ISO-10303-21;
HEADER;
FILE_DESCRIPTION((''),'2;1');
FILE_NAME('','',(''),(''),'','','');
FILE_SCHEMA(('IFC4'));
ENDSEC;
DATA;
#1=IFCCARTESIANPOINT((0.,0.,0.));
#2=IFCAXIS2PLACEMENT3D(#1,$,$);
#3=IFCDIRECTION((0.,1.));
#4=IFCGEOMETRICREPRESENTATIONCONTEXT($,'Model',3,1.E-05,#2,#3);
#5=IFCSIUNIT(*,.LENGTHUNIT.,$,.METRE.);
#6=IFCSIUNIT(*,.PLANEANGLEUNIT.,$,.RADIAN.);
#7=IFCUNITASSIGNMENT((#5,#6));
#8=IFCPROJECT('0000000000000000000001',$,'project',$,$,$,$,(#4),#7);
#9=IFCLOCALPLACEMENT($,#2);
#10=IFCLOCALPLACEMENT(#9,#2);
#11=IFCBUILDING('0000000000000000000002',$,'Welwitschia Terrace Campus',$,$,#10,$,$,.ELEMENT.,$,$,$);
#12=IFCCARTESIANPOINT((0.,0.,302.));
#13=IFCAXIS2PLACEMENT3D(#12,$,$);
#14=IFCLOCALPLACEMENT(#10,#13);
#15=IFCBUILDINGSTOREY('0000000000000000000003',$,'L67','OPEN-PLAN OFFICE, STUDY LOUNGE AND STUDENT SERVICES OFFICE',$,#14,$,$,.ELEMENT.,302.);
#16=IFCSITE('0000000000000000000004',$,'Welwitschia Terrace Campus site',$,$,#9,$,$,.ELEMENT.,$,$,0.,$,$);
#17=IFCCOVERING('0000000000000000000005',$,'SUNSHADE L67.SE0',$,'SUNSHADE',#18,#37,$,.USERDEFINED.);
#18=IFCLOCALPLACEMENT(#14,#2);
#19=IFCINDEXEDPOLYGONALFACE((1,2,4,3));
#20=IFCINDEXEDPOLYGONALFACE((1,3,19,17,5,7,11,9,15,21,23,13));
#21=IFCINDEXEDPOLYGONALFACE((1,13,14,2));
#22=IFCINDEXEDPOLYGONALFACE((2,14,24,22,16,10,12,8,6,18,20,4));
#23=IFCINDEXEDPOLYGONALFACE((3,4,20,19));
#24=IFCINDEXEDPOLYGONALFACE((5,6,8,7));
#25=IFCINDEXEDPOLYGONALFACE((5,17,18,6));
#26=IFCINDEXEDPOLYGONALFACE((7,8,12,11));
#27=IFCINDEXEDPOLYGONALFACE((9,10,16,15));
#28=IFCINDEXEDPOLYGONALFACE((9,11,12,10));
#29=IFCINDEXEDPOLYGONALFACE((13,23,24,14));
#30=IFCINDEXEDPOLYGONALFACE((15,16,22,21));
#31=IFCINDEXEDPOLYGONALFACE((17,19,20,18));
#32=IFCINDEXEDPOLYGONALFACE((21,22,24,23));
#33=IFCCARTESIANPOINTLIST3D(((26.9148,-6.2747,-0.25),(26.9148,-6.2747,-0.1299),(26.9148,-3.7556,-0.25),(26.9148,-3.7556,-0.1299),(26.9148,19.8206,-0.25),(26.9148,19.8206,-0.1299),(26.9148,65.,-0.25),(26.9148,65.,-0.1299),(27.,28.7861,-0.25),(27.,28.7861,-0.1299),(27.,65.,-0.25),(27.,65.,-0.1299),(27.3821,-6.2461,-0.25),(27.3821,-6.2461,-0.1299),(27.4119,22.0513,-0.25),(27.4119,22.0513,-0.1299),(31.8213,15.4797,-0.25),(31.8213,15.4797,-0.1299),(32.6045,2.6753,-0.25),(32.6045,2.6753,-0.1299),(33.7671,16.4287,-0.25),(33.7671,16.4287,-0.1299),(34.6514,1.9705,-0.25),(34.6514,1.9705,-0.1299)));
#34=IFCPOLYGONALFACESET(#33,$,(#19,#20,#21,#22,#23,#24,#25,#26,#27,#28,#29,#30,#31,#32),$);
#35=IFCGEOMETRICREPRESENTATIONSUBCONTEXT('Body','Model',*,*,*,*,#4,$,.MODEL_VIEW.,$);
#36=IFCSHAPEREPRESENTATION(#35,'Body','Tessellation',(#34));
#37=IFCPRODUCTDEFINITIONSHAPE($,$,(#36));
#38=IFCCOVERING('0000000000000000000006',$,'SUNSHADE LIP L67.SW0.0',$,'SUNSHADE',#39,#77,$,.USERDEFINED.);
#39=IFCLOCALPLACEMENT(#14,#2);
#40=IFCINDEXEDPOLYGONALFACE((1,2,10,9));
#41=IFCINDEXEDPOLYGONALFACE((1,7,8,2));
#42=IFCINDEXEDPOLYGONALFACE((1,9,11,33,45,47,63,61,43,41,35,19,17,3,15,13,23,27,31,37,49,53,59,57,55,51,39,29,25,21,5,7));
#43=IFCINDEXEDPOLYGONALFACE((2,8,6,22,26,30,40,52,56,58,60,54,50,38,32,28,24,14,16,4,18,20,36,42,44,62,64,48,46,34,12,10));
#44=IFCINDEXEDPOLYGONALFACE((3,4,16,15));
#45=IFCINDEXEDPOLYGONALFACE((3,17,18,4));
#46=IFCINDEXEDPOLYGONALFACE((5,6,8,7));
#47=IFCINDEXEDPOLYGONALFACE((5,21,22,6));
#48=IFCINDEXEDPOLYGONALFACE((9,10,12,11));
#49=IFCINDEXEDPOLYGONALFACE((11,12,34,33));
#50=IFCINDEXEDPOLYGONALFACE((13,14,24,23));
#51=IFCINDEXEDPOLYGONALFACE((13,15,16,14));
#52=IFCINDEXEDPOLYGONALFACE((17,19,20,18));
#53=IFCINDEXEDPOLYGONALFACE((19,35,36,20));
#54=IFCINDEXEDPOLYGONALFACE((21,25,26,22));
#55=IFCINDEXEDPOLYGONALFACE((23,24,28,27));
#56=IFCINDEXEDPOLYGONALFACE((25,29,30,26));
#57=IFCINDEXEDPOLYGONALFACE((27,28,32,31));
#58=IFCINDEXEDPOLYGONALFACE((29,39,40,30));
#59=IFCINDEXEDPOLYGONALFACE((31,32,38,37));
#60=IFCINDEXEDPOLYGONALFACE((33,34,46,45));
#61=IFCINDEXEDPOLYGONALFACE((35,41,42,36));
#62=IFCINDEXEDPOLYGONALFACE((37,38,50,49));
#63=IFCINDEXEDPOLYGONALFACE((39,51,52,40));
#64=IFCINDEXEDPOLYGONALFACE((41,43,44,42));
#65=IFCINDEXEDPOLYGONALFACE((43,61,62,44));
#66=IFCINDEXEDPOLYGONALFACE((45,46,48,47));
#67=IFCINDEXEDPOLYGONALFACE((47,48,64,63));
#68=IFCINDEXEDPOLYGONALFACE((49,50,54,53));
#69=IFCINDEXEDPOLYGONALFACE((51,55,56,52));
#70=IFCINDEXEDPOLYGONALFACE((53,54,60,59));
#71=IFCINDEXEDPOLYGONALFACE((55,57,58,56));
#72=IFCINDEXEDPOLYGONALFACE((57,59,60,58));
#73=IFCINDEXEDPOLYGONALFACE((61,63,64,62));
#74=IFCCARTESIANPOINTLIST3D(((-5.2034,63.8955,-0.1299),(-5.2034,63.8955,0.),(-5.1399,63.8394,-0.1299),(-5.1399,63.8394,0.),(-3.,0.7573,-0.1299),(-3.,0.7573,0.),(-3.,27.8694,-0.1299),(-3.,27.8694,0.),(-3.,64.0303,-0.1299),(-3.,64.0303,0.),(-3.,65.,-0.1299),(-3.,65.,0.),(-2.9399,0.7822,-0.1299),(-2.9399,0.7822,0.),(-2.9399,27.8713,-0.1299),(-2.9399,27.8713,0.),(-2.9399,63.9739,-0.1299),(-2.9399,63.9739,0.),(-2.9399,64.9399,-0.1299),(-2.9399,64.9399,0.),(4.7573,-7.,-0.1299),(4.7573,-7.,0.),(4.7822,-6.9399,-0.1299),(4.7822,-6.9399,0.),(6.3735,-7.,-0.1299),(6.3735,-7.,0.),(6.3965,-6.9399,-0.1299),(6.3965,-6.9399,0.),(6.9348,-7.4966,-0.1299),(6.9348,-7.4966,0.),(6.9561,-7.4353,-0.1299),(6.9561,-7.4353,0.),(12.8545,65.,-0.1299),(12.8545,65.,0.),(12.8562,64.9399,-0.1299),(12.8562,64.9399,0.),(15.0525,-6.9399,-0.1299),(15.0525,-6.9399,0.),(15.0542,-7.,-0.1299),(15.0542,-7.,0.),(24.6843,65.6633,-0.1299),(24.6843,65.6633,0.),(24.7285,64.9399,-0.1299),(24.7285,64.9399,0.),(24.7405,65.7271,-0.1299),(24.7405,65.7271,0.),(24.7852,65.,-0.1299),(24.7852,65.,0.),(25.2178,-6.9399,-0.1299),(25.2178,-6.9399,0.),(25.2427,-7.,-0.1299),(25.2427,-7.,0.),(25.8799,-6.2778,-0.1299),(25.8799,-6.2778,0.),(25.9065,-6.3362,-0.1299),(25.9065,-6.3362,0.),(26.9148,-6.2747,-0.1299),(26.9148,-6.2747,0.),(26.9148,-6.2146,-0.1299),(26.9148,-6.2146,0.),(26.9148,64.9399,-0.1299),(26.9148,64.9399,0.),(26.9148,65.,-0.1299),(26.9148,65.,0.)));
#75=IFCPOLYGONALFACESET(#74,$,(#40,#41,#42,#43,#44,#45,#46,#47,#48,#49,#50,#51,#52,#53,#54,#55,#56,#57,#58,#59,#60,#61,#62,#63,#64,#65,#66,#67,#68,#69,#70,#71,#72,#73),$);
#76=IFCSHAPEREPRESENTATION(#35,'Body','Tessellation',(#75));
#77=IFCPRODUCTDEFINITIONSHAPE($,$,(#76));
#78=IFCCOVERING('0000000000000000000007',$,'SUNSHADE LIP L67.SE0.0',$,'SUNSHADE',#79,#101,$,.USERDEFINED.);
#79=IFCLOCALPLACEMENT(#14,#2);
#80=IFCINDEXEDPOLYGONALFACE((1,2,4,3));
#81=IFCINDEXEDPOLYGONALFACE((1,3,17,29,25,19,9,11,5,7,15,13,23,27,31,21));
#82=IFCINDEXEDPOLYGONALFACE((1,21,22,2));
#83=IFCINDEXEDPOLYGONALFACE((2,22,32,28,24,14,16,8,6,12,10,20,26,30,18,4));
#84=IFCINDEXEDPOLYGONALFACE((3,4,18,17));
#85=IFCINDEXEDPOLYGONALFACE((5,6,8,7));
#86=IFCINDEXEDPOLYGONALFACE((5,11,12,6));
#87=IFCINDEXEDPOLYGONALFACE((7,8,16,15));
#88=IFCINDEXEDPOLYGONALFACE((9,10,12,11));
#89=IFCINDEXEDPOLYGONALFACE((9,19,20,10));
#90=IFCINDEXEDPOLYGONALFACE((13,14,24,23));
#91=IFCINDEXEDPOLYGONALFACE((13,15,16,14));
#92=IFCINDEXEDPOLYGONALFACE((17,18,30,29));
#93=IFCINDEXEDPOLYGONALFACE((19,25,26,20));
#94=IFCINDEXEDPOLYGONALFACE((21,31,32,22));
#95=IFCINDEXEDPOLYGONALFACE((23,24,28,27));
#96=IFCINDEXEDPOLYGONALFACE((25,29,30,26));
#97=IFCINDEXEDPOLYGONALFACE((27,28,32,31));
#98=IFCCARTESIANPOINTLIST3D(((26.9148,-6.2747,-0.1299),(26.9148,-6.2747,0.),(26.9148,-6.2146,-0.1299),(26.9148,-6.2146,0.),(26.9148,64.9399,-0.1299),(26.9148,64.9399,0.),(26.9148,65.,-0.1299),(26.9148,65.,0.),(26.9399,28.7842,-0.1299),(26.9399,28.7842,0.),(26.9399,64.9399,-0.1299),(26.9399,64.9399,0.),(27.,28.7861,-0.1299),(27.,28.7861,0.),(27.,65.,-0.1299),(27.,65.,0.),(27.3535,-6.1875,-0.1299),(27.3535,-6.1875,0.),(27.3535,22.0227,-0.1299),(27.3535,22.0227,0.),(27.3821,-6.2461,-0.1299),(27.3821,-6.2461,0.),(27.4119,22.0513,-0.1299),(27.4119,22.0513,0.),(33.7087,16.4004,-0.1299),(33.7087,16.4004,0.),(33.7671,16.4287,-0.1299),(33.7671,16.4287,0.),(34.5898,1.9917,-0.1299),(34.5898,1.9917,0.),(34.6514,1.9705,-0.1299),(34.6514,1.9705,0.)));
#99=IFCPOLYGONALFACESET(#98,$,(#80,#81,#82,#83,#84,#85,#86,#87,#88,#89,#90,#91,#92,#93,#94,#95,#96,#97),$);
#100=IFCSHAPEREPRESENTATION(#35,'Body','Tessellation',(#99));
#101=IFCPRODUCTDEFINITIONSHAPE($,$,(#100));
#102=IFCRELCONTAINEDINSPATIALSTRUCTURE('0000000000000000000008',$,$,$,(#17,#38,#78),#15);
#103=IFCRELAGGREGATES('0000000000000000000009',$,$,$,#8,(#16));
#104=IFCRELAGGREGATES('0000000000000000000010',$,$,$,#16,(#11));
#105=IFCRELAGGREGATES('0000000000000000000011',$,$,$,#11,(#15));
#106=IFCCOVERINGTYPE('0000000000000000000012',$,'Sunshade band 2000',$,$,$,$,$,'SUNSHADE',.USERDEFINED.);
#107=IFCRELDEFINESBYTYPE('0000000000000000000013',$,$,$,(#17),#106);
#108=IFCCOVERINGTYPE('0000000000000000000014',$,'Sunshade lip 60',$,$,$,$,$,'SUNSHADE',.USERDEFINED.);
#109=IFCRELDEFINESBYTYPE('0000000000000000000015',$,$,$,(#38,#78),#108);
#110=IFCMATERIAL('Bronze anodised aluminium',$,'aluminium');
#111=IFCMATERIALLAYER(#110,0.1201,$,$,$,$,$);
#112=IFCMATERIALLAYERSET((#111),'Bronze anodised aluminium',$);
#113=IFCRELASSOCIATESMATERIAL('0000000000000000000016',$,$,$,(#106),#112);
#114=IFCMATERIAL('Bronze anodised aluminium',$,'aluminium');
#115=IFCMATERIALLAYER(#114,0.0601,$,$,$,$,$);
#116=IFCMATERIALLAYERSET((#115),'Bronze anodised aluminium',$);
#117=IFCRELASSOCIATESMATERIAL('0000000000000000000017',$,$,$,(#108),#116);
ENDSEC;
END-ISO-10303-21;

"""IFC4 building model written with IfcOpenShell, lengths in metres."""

from ifc_helpers import new_model, si_unit, direction, frame, origin, place, context, subcontext, project, spatial, polyline, outline, extrude, material, layer, layer_set, type_object, element, save


model = new_model("IFC4")

# Units and contexts
model_context = context("Model", 3, precision=1e-05, world=origin(), true_north=direction((0.0, 1.0)))
body_context = subcontext(model_context, "Body", "Model", "MODEL_VIEW")
ifc_project = project(units=[si_unit("LENGTHUNIT", "METRE"), si_unit("PLANEANGLEUNIT", "RADIAN")], contexts=[model_context])

# Site, building, storey
site_placement = place(None, origin())
site = spatial("IfcSite", under=ifc_project, at=site_placement, Name="Welwitschia Terrace Campus site", CompositionType="ELEMENT", RefElevation=0.0)
building_placement = place(site_placement, origin())
building = spatial("IfcBuilding", under=site, at=building_placement, Name="Welwitschia Terrace Campus", CompositionType="ELEMENT")
storey_placement = place(building_placement, frame((0.0, 0.0, 302.0)))
storey = spatial("IfcBuildingStorey", under=building, at=storey_placement, Name="L67", Description="OPEN-PLAN OFFICE, STUDY LOUNGE AND STUDENT SERVICES OFFICE", CompositionType="ELEMENT", Elevation=302.0)

# Coverings
ifc_material_1 = material(Name="Bronze anodised aluminium", Category="aluminium")
ifc_layer_1 = layer(ifc_material_1, 0.1201)
ifc_layer_set_1 = layer_set([ifc_layer_1], Name="Bronze anodised aluminium")
covering_type_1 = type_object("IfcCoveringType", Name="Sunshade band 2000", ElementType="SUNSHADE", PredefinedType="USERDEFINED", material=ifc_layer_set_1)
covering_1_placement = place(storey_placement, frame((0.0, 0.0, -0.25)))
element("IfcCovering", 1, at=covering_1_placement, inside=storey, type_object=covering_type_1, Name="SUNSHADE L67.SE0", ObjectType="SUNSHADE", PredefinedType="USERDEFINED", context=body_context, shape_type="SweptSolid", body=[
    extrude(outline(polyline([(27.0, 65.0), (27.0, 28.7861), (27.4119, 22.0513), (33.7671, 16.4287), (34.6514, 1.9705), (27.3821, -6.2461), (26.9148, -6.2747), (26.9148, -3.7556), (32.6045, 2.6753), (31.8213, 15.4797), (26.9148, 19.8206), (26.9148, 65.0), (27.0, 65.0)])), origin(), (0.0, 0.0, 1.0), 0.1201),
])
ifc_material_2 = material(Name="Bronze anodised aluminium", Category="aluminium")
ifc_layer_2 = layer(ifc_material_2, 0.0601)
ifc_layer_set_2 = layer_set([ifc_layer_2], Name="Bronze anodised aluminium")
covering_type_2 = type_object("IfcCoveringType", Name="Sunshade lip 60", ElementType="SUNSHADE", PredefinedType="USERDEFINED", material=ifc_layer_set_2)
covering_2_placement = place(storey_placement, frame((0.0, 0.0, -0.1299)))
element("IfcCovering", 2, at=covering_2_placement, inside=storey, type_object=covering_type_2, Name="SUNSHADE LIP L67.SW0.0", ObjectType="SUNSHADE", PredefinedType="USERDEFINED", context=body_context, shape_type="SweptSolid", body=[
    extrude(outline(polyline([(-3.0, 65.0), (12.8545, 65.0), (24.7405, 65.7271), (24.7852, 65.0), (26.9148, 65.0), (26.9148, 64.9399), (24.7285, 64.9399), (24.6843, 65.6633), (12.8562, 64.9399), (-2.9399, 64.9399), (-2.9399, 63.9739), (-5.1399, 63.8394), (-2.9399, 27.8713), (-2.9399, 0.7822), (4.7822, -6.9399), (6.3965, -6.9399), (6.9561, -7.4353), (15.0525, -6.9399), (25.2178, -6.9399), (25.8799, -6.2778), (26.9148, -6.2146), (26.9148, -6.2747), (25.9065, -6.3362), (25.2427, -7.0), (15.0542, -7.0), (6.9348, -7.4966), (6.3735, -7.0), (4.7573, -7.0), (-3.0, 0.7573), (-3.0, 27.8694), (-5.2034, 63.8955), (-3.0, 64.0303), (-3.0, 65.0)])), origin(), (0.0, 0.0, 1.0), 0.1299),
])
covering_3_placement = place(storey_placement, frame((0.0, 0.0, -0.1299)))
element("IfcCovering", 3, at=covering_3_placement, inside=storey, type_object=covering_type_2, Name="SUNSHADE LIP L67.SE0.0", ObjectType="SUNSHADE", PredefinedType="USERDEFINED", context=body_context, shape_type="SweptSolid", body=[
    extrude(outline(polyline([(27.0, 28.7861), (27.4119, 22.0513), (33.7671, 16.4287), (34.6514, 1.9705), (27.3821, -6.2461), (26.9148, -6.2747), (26.9148, -6.2146), (27.3535, -6.1875), (34.5898, 1.9917), (33.7087, 16.4004), (27.3535, 22.0227), (26.9399, 28.7842), (26.9399, 64.9399), (26.9148, 64.9399), (26.9148, 65.0), (27.0, 65.0), (27.0, 28.7861)])), origin(), (0.0, 0.0, 1.0), 0.1299),
])

save(model, "model.ifc")
